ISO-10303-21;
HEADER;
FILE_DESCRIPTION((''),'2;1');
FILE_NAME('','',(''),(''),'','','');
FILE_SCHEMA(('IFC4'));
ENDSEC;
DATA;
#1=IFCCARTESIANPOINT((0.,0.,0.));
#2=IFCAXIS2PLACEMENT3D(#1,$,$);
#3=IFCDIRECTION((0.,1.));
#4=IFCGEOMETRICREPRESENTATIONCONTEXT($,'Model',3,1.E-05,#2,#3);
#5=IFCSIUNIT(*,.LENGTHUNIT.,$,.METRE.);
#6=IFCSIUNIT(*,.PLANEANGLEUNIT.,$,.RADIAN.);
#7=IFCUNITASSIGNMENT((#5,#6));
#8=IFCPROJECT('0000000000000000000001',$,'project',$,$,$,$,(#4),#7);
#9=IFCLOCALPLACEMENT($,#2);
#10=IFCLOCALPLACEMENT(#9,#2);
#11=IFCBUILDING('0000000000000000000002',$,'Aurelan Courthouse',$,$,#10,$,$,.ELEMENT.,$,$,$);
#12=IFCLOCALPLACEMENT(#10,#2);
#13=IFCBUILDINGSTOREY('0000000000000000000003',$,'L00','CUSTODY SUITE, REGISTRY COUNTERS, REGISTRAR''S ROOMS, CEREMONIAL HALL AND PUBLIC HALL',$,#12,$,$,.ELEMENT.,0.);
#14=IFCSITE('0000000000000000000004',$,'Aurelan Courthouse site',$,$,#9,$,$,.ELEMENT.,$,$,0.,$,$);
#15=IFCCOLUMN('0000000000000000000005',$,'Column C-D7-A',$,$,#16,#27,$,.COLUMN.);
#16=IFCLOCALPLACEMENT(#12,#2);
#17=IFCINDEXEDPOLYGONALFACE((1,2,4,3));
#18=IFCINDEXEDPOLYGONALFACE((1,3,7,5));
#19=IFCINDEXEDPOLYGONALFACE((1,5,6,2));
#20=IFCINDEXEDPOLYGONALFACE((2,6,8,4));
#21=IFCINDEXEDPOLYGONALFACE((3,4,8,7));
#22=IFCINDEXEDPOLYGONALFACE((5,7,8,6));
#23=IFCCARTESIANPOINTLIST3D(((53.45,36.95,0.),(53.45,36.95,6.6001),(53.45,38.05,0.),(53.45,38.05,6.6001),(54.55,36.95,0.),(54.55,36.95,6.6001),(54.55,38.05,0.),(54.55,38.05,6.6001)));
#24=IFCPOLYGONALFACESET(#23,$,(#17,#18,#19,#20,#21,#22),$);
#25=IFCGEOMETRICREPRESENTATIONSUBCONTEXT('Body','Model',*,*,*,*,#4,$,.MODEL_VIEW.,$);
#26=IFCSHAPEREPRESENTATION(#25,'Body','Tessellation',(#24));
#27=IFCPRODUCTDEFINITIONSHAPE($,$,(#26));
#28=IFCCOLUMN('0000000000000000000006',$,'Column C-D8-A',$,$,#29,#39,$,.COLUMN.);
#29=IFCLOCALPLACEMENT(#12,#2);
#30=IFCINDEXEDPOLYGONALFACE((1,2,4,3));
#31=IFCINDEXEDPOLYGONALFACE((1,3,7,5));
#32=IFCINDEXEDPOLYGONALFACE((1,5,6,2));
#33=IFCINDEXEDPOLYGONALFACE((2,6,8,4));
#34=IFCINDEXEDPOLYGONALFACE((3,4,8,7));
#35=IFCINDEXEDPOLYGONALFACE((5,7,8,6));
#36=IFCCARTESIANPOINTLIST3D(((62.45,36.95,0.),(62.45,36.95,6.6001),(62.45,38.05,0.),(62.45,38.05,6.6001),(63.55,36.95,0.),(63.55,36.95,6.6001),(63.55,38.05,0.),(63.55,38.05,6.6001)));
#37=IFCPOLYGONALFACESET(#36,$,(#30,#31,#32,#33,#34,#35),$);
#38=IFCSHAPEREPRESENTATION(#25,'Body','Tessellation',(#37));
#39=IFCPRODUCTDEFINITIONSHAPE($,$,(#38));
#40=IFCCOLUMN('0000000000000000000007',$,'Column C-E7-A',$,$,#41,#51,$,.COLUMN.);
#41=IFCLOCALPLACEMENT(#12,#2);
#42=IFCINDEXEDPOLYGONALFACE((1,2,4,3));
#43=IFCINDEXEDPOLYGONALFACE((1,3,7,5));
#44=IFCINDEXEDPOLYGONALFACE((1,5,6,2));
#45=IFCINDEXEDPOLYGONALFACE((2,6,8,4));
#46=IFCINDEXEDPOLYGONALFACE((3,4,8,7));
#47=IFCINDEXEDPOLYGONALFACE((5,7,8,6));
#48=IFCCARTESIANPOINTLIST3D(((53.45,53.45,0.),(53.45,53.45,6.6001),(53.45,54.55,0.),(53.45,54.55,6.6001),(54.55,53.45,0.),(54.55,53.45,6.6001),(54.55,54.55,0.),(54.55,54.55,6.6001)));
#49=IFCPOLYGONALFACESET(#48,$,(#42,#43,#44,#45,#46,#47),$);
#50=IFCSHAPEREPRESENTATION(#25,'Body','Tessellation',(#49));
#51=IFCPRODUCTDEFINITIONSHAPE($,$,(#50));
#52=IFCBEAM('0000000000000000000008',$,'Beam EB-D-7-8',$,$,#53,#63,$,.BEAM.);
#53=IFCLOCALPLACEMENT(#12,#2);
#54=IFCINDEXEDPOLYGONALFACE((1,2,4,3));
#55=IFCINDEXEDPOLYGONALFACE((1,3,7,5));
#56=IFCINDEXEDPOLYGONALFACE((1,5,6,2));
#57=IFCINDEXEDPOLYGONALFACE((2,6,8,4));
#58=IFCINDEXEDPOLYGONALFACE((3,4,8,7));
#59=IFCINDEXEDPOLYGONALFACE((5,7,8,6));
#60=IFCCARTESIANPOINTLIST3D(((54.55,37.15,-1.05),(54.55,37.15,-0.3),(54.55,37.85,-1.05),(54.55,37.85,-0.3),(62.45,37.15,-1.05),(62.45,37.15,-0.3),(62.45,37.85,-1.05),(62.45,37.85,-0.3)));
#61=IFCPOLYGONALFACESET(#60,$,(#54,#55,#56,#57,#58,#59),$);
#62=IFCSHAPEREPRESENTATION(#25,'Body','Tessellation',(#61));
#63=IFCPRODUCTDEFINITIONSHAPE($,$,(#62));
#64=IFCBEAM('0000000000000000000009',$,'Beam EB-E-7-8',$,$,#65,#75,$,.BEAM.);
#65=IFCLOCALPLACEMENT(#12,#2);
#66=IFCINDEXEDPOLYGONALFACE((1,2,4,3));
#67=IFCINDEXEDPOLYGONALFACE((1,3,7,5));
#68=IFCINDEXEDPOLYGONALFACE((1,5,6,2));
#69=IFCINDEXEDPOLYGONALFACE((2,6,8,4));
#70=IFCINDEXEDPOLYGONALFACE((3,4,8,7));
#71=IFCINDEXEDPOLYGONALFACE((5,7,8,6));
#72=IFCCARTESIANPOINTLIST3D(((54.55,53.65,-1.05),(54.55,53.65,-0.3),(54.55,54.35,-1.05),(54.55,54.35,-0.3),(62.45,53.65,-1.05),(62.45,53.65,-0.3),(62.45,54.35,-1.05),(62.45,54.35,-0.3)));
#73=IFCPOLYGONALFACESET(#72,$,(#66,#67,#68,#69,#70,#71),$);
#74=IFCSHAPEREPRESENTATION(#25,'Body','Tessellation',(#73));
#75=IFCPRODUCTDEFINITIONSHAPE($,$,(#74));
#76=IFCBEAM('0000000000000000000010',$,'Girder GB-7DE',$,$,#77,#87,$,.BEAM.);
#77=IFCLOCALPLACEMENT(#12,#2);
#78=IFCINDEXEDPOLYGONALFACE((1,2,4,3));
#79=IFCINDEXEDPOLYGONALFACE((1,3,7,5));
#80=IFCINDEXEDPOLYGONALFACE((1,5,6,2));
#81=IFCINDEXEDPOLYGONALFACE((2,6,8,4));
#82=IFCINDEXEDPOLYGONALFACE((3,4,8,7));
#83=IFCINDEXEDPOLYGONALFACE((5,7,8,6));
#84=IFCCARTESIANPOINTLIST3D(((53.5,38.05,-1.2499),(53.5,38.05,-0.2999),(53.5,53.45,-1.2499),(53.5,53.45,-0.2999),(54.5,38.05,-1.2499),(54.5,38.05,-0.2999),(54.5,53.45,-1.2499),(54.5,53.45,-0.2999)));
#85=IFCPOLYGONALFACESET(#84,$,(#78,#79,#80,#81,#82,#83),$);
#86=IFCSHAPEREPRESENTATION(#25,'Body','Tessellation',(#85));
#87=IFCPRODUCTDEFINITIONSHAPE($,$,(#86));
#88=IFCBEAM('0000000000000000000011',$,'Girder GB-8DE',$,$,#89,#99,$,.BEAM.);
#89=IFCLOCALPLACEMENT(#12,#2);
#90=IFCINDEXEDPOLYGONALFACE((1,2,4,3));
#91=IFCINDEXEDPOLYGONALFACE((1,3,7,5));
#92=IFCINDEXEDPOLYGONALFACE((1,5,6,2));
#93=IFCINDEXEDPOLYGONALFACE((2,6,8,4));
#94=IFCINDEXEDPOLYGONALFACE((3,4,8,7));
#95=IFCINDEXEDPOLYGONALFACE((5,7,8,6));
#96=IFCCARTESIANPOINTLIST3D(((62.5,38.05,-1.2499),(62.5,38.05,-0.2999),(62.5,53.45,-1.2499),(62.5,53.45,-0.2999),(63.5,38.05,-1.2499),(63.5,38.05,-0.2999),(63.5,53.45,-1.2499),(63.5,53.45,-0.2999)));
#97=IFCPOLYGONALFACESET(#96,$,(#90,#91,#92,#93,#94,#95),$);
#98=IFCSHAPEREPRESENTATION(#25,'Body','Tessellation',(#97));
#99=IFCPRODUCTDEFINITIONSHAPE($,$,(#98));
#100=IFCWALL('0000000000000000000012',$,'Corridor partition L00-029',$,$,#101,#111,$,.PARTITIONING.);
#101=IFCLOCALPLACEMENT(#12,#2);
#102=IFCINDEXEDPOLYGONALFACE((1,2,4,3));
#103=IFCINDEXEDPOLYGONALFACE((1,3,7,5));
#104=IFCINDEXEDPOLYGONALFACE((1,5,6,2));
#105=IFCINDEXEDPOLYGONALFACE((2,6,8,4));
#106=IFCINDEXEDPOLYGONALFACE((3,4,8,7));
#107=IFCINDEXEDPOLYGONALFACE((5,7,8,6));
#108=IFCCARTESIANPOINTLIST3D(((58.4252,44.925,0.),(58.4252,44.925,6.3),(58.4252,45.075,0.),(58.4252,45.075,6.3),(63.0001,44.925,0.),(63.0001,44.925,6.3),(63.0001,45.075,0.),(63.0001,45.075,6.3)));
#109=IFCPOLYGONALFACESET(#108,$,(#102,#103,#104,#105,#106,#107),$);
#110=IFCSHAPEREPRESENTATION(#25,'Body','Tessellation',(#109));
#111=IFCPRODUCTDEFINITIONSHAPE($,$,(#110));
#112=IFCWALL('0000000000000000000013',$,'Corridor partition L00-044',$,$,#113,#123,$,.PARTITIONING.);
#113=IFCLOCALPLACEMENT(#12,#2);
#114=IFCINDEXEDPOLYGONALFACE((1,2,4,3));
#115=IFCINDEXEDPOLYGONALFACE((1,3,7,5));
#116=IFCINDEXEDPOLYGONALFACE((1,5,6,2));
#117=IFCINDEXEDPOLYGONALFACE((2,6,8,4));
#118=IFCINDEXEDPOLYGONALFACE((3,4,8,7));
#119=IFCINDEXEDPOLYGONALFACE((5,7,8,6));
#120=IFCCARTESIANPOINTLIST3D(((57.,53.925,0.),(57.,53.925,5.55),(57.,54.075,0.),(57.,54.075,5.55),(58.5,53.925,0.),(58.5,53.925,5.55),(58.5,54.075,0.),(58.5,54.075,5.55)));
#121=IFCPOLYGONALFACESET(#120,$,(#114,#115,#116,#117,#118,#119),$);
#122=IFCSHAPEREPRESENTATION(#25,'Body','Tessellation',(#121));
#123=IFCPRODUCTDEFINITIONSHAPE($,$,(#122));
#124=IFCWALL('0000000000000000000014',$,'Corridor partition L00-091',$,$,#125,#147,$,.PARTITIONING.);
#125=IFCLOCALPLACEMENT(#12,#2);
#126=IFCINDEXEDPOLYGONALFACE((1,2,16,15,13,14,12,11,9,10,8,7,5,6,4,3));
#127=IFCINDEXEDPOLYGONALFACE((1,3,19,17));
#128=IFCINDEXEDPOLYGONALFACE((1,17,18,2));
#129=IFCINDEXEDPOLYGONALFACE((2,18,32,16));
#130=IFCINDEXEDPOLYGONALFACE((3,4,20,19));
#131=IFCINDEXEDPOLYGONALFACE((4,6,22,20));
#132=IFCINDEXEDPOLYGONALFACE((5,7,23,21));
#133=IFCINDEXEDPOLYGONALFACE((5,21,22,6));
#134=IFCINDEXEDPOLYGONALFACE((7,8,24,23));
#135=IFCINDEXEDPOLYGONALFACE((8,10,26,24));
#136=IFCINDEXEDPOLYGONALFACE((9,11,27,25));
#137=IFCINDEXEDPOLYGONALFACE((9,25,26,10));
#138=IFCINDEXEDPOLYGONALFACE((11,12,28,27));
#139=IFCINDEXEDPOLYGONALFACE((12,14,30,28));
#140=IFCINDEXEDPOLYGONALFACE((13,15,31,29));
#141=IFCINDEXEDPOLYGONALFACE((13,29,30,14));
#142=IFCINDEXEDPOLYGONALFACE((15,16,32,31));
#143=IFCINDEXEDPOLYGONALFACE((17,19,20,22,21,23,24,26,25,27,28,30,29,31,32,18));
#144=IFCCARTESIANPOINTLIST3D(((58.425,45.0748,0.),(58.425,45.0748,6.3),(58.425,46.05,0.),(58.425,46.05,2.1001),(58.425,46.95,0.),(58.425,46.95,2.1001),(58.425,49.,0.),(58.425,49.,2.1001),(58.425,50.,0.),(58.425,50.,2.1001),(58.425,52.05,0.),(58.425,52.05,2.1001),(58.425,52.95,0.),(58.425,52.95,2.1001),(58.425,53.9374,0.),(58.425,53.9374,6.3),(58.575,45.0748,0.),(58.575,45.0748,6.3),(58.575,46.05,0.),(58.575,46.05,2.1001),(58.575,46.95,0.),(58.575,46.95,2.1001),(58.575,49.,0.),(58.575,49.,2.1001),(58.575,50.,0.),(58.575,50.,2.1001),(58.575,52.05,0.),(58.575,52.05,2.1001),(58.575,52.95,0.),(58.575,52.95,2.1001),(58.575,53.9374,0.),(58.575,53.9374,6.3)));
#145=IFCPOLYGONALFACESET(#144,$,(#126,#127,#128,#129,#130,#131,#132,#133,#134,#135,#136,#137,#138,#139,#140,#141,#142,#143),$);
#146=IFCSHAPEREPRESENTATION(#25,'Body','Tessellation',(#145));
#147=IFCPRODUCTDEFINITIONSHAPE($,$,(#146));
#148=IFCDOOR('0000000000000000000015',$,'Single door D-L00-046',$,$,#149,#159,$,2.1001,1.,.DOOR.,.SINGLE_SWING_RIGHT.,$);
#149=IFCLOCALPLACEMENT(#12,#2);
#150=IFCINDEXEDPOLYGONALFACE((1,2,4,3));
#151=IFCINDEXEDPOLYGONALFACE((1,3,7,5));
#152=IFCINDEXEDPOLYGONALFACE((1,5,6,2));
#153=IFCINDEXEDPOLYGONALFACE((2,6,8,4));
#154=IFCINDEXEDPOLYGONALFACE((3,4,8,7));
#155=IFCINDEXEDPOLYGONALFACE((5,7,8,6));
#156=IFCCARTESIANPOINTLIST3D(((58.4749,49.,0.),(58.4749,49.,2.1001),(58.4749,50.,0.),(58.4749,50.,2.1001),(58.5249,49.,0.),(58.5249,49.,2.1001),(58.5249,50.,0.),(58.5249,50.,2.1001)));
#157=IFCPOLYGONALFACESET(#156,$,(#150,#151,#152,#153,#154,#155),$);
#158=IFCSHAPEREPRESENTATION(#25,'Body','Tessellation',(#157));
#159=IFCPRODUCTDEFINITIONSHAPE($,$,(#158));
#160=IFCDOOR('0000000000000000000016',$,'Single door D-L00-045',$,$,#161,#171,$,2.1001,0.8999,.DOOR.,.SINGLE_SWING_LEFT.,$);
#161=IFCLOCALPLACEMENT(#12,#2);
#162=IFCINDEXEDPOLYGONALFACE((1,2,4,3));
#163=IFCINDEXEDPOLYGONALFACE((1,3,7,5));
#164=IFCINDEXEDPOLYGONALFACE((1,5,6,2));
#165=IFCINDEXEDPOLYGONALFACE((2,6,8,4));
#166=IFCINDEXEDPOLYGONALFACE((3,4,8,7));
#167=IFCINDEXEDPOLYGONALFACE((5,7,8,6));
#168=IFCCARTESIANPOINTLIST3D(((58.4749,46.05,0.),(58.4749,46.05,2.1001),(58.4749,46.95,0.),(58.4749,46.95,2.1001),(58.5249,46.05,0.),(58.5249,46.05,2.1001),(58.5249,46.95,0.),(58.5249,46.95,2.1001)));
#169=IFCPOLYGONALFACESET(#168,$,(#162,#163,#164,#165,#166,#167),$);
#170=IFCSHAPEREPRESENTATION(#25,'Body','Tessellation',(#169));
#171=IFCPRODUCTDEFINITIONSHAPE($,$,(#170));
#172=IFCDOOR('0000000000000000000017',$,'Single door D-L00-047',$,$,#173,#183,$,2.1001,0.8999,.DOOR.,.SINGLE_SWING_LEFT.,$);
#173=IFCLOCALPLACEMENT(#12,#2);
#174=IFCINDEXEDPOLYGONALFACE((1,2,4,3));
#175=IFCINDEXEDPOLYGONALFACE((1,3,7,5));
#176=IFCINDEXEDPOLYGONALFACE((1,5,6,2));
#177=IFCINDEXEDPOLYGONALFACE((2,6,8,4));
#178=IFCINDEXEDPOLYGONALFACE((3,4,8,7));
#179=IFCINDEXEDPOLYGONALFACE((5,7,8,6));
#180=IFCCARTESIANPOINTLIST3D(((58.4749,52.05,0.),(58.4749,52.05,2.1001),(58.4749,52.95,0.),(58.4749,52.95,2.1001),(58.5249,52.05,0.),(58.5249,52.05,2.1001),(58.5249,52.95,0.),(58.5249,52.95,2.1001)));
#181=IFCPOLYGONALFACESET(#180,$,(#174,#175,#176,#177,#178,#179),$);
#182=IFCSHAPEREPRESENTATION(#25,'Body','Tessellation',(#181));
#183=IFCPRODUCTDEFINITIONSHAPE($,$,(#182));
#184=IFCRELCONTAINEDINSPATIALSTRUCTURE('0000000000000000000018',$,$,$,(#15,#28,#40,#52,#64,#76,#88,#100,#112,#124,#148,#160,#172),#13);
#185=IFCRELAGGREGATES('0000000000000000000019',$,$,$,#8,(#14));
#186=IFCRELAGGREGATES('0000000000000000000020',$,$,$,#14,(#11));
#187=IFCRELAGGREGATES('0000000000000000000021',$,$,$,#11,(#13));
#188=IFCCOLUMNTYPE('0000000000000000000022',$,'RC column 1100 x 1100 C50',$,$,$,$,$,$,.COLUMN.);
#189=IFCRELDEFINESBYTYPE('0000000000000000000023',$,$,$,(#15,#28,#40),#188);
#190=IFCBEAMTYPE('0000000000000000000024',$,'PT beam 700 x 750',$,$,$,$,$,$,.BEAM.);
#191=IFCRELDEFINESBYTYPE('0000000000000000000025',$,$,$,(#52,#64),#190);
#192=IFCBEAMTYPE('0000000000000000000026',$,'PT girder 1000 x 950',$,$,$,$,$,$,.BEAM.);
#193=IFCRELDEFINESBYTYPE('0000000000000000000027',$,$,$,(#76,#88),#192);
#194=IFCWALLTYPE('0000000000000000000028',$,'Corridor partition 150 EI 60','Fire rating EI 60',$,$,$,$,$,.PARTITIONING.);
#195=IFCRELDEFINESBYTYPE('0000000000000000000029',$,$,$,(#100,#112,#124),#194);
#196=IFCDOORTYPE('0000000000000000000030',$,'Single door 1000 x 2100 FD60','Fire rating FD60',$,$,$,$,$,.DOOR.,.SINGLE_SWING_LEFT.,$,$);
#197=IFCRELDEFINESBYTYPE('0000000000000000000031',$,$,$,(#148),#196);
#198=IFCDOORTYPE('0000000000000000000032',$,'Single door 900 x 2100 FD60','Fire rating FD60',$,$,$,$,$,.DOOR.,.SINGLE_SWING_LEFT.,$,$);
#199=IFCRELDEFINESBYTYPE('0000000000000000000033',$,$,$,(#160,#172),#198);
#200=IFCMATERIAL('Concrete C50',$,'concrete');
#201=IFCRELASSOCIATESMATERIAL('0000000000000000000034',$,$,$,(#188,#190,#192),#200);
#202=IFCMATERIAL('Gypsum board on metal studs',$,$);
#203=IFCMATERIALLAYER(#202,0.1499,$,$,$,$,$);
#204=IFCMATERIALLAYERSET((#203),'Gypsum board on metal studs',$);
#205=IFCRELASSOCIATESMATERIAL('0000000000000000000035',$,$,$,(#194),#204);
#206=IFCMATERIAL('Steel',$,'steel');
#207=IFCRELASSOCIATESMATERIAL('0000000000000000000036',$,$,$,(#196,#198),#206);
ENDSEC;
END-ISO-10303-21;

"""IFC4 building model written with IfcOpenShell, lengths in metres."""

from ifc_helpers import new_model, si_unit, direction, frame, frame_2d, origin, origin_2d, place, context, subcontext, project, spatial, rectangle, extrude, material, layer, layer_set, material_profile, profile_set, type_object, element, fill, save


model = new_model("IFC4")

# Units and contexts
model_context = context("Model", 3, precision=1e-05, world=origin(), true_north=direction((0.0, 1.0)))
body_context = subcontext(model_context, "Body", "Model", "MODEL_VIEW")
ifc_project = project(units=[si_unit("LENGTHUNIT", "METRE"), si_unit("PLANEANGLEUNIT", "RADIAN")], contexts=[model_context])

# Site, building, storey
site_placement = place(None, origin())
site = spatial("IfcSite", under=ifc_project, at=site_placement, Name="Aurelan Courthouse site", CompositionType="ELEMENT", RefElevation=0.0)
building_placement = place(site_placement, origin())
building = spatial("IfcBuilding", under=site, at=building_placement, Name="Aurelan Courthouse", CompositionType="ELEMENT")
storey_placement = place(building_placement, origin())
storey = spatial("IfcBuildingStorey", under=building, at=storey_placement, Name="L00", Description="CUSTODY SUITE, REGISTRY COUNTERS, REGISTRAR'S ROOMS, CEREMONIAL HALL AND PUBLIC HALL", CompositionType="ELEMENT", Elevation=0.0)

# Columns
ifc_material_1 = material(Name="Concrete C50", Category="concrete")
ifc_material_profile_1 = material_profile(ifc_material_1, rectangle(XDim=1.1001, YDim=1.1001, at=origin_2d()), Name="RC 1100 x 1100")
ifc_profile_set_1 = profile_set([ifc_material_profile_1], Name="Concrete C50")
column_type = type_object("IfcColumnType", Name="RC column 1100 x 1100 C50", PredefinedType="COLUMN", material=ifc_profile_set_1)
for number, where, z_axis, x_axis, name in (
    (1, (54.0, 37.5, 0.0), (0.0, 0.0, 1.0), (1.0, 0.0, 0.0), "Column C-D7-A"),
    (2, (63.0, 37.5, 0.0), (0.0, 0.0, 1.0), (1.0, 0.0, 0.0), "Column C-D8-A"),
    (3, (54.0, 54.0, 0.0), (0.0, 0.0, 1.0), (1.0, 0.0, 0.0), "Column C-E7-A"),
):
    element("IfcColumn", number, at=place(storey_placement, frame(where, z_axis=z_axis, x_axis=x_axis)), inside=storey, type_object=column_type, Name=name, PredefinedType="COLUMN", context=body_context, shape_type="SweptSolid", body=[
        extrude(rectangle(XDim=1.1001, YDim=1.1001, at=origin_2d()), origin(), (0.0, 0.0, 1.0), 6.6001),
    ])

# Beams
ifc_material_profile_2 = material_profile(ifc_material_1, rectangle(XDim=0.7, YDim=0.75, at=origin_2d()), Name="RC 700 x 750")
ifc_profile_set_2 = profile_set([ifc_material_profile_2], Name="Concrete C50")
beam_type_1 = type_object("IfcBeamType", Name="PT beam 700 x 750", PredefinedType="BEAM", material=ifc_profile_set_2)
for number, where, z_axis, x_axis, name in (
    (4, (54.55, 37.5, -0.675), (1.0, 0.0, 0.0), (0.0, 1.0, 0.0), "Beam EB-D-7-8"),
    (5, (54.55, 54.0, -0.675), (1.0, 0.0, 0.0), (0.0, 1.0, 0.0), "Beam EB-E-7-8"),
):
    element("IfcBeam", number, at=place(storey_placement, frame(where, z_axis=z_axis, x_axis=x_axis)), inside=storey, type_object=beam_type_1, Name=name, PredefinedType="BEAM", context=body_context, shape_type="SweptSolid", body=[
        extrude(rectangle(XDim=0.7, YDim=0.75, at=origin_2d()), origin(), (0.0, 0.0, 1.0), 7.8999),
    ])
ifc_material_profile_3 = material_profile(ifc_material_1, rectangle(XDim=1.0, YDim=0.95, at=origin_2d()), Name="RC 1000 x 950")
ifc_profile_set_3 = profile_set([ifc_material_profile_3], Name="Concrete C50")
beam_type_2 = type_object("IfcBeamType", Name="PT girder 1000 x 950", PredefinedType="BEAM", material=ifc_profile_set_3)
for number, where, z_axis, x_axis, name in (
    (6, (54.0, 38.05, -0.7749), (0.0, 1.0, 0.0), (-1.0, 0.0, 0.0), "Girder GB-7DE"),
    (7, (63.0, 38.05, -0.7749), (0.0, 1.0, 0.0), (-1.0, 0.0, 0.0), "Girder GB-8DE"),
):
    element("IfcBeam", number, at=place(storey_placement, frame(where, z_axis=z_axis, x_axis=x_axis)), inside=storey, type_object=beam_type_2, Name=name, PredefinedType="BEAM", context=body_context, shape_type="SweptSolid", body=[
        extrude(rectangle(XDim=1.0, YDim=0.95, at=origin_2d()), origin(), (0.0, 0.0, 1.0), 15.3999),
    ])

# Walls
ifc_material_2 = material(Name="Gypsum board on metal studs")
ifc_layer_1 = layer(ifc_material_2, 0.1499)
ifc_layer_set_1 = layer_set([ifc_layer_1], Name="Gypsum board on metal studs")
wall_type_1 = type_object("IfcWallType", Name="Corridor partition 150 EI 60", Description="Fire rating EI 60", PredefinedType="PARTITIONING", material=ifc_layer_set_1)
wall_1_placement = place(storey_placement, frame((58.425, 45.0, 0.0), z_axis=(0.0, 0.0, 1.0), x_axis=(1.0, 0.0, 0.0)))
element("IfcWall", 8, at=wall_1_placement, inside=storey, type_object=wall_type_1, Name="Corridor partition L00-029", PredefinedType="PARTITIONING", context=body_context, shape_type="SweptSolid", body=[
    extrude(rectangle(XDim=4.575, YDim=0.1499, at=frame_2d((2.2876, 0.0))), origin(), (0.0, 0.0, 1.0), 6.3),
])
wall_2_placement = place(storey_placement, frame((57.0, 54.0, 0.0), z_axis=(0.0, 0.0, 1.0), x_axis=(1.0, 0.0, 0.0)))
element("IfcWall", 9, at=wall_2_placement, inside=storey, type_object=wall_type_1, Name="Corridor partition L00-044", PredefinedType="PARTITIONING", context=body_context, shape_type="SweptSolid", body=[
    extrude(rectangle(XDim=1.5, YDim=0.1499, at=frame_2d((0.75, 0.0))), origin(), (0.0, 0.0, 1.0), 5.55),
])

# Wall, openings, doors
wall_3_placement = place(storey_placement, frame((58.5, 45.075, 0.0), z_axis=(0.0, 0.0, 1.0), x_axis=(0.0, 1.0, 0.0)))
wall_3 = element("IfcWall", 10, at=wall_3_placement, inside=storey, type_object=wall_type_1, Name="Corridor partition L00-091", PredefinedType="PARTITIONING", context=body_context, shape_type="SweptSolid", body=[
    extrude(rectangle(XDim=8.8625, YDim=0.1499, at=frame_2d((4.4312, 0.0))), origin(), (0.0, 0.0, 1.0), 6.3),
])
opening_1_placement = place(wall_3_placement, frame((1.875, 0.0, 0.0), z_axis=(0.0, 0.0, 1.0), x_axis=(-1.0, 0.0, 0.0)))
opening_1 = element("IfcOpeningElement", 11, at=opening_1_placement, cuts=wall_3, PredefinedType="OPENING", context=body_context, shape_type="SweptSolid", body=[
    extrude(rectangle(XDim=0.8999, YDim=2.1001, at=frame_2d((0.45, 1.05))), frame((0.0, 0.085, 0.0), z_axis=(0.0, -1.0, 0.0), x_axis=(1.0, 0.0, 0.0)), (0.0, 0.0, 1.0), 0.1699),
])
opening_2_placement = place(wall_3_placement, frame((4.925, 0.0, 0.0), z_axis=(0.0, 0.0, 1.0), x_axis=(-1.0, 0.0, 0.0)))
opening_2 = element("IfcOpeningElement", 12, at=opening_2_placement, cuts=wall_3, PredefinedType="OPENING", context=body_context, shape_type="SweptSolid", body=[
    extrude(rectangle(XDim=1.0, YDim=2.1001, at=frame_2d((0.5, 1.05))), frame((0.0, 0.085, 0.0), z_axis=(0.0, -1.0, 0.0), x_axis=(1.0, 0.0, 0.0)), (0.0, 0.0, 1.0), 0.1699),
])
opening_3_placement = place(wall_3_placement, frame((7.875, 0.0, 0.0), z_axis=(0.0, 0.0, 1.0), x_axis=(-1.0, 0.0, 0.0)))
opening_3 = element("IfcOpeningElement", 13, at=opening_3_placement, cuts=wall_3, PredefinedType="OPENING", context=body_context, shape_type="SweptSolid", body=[
    extrude(rectangle(XDim=0.8999, YDim=2.1001, at=frame_2d((0.45, 1.05))), frame((0.0, 0.085, 0.0), z_axis=(0.0, -1.0, 0.0), x_axis=(1.0, 0.0, 0.0)), (0.0, 0.0, 1.0), 0.1699),
])
ifc_material_3 = material(Name="Steel", Category="steel")
door_type_1 = type_object("IfcDoorType", Name="Single door 1000 x 2100 FD60", Description="Fire rating FD60", OperationType="SINGLE_SWING_LEFT", PredefinedType="DOOR", material=ifc_material_3)
door_1_placement = place(opening_2_placement, origin())
door_1 = element("IfcDoor", 14, at=door_1_placement, inside=storey, type_object=door_type_1, Name="Single door D-L00-046", OperationType="SINGLE_SWING_RIGHT", OverallHeight=2.1001, OverallWidth=1.0, PredefinedType="DOOR", context=body_context, shape_type="SweptSolid", body=[
    extrude(rectangle(XDim=1.0, YDim=2.1001, at=frame_2d((0.5, 1.05))), frame((0.0, 0.0249, 0.0), z_axis=(0.0, -1.0, 0.0), x_axis=(1.0, 0.0, 0.0)), (0.0, 0.0, 1.0), 0.05),
])
fill(opening_2, door_1)
door_type_2 = type_object("IfcDoorType", Name="Single door 900 x 2100 FD60", Description="Fire rating FD60", OperationType="SINGLE_SWING_LEFT", PredefinedType="DOOR", material=ifc_material_3)
door_2_placement = place(opening_1_placement, origin())
door_2 = element("IfcDoor", 15, at=door_2_placement, inside=storey, type_object=door_type_2, Name="Single door D-L00-045", OperationType="SINGLE_SWING_LEFT", OverallHeight=2.1001, OverallWidth=0.8999, PredefinedType="DOOR", context=body_context, shape_type="SweptSolid", body=[
    extrude(rectangle(XDim=0.8999, YDim=2.1001, at=frame_2d((0.45, 1.05))), frame((0.0, 0.0249, 0.0), z_axis=(0.0, -1.0, 0.0), x_axis=(1.0, 0.0, 0.0)), (0.0, 0.0, 1.0), 0.05),
])
fill(opening_1, door_2)
door_3_placement = place(opening_3_placement, origin())
door_3 = element("IfcDoor", 16, at=door_3_placement, inside=storey, type_object=door_type_2, Name="Single door D-L00-047", OperationType="SINGLE_SWING_LEFT", OverallHeight=2.1001, OverallWidth=0.8999, PredefinedType="DOOR", context=body_context, shape_type="SweptSolid", body=[
    extrude(rectangle(XDim=0.8999, YDim=2.1001, at=frame_2d((0.45, 1.05))), frame((0.0, 0.0249, 0.0), z_axis=(0.0, -1.0, 0.0), x_axis=(1.0, 0.0, 0.0)), (0.0, 0.0, 1.0), 0.05),
])
fill(opening_3, door_3)

save(model, "model.ifc")
